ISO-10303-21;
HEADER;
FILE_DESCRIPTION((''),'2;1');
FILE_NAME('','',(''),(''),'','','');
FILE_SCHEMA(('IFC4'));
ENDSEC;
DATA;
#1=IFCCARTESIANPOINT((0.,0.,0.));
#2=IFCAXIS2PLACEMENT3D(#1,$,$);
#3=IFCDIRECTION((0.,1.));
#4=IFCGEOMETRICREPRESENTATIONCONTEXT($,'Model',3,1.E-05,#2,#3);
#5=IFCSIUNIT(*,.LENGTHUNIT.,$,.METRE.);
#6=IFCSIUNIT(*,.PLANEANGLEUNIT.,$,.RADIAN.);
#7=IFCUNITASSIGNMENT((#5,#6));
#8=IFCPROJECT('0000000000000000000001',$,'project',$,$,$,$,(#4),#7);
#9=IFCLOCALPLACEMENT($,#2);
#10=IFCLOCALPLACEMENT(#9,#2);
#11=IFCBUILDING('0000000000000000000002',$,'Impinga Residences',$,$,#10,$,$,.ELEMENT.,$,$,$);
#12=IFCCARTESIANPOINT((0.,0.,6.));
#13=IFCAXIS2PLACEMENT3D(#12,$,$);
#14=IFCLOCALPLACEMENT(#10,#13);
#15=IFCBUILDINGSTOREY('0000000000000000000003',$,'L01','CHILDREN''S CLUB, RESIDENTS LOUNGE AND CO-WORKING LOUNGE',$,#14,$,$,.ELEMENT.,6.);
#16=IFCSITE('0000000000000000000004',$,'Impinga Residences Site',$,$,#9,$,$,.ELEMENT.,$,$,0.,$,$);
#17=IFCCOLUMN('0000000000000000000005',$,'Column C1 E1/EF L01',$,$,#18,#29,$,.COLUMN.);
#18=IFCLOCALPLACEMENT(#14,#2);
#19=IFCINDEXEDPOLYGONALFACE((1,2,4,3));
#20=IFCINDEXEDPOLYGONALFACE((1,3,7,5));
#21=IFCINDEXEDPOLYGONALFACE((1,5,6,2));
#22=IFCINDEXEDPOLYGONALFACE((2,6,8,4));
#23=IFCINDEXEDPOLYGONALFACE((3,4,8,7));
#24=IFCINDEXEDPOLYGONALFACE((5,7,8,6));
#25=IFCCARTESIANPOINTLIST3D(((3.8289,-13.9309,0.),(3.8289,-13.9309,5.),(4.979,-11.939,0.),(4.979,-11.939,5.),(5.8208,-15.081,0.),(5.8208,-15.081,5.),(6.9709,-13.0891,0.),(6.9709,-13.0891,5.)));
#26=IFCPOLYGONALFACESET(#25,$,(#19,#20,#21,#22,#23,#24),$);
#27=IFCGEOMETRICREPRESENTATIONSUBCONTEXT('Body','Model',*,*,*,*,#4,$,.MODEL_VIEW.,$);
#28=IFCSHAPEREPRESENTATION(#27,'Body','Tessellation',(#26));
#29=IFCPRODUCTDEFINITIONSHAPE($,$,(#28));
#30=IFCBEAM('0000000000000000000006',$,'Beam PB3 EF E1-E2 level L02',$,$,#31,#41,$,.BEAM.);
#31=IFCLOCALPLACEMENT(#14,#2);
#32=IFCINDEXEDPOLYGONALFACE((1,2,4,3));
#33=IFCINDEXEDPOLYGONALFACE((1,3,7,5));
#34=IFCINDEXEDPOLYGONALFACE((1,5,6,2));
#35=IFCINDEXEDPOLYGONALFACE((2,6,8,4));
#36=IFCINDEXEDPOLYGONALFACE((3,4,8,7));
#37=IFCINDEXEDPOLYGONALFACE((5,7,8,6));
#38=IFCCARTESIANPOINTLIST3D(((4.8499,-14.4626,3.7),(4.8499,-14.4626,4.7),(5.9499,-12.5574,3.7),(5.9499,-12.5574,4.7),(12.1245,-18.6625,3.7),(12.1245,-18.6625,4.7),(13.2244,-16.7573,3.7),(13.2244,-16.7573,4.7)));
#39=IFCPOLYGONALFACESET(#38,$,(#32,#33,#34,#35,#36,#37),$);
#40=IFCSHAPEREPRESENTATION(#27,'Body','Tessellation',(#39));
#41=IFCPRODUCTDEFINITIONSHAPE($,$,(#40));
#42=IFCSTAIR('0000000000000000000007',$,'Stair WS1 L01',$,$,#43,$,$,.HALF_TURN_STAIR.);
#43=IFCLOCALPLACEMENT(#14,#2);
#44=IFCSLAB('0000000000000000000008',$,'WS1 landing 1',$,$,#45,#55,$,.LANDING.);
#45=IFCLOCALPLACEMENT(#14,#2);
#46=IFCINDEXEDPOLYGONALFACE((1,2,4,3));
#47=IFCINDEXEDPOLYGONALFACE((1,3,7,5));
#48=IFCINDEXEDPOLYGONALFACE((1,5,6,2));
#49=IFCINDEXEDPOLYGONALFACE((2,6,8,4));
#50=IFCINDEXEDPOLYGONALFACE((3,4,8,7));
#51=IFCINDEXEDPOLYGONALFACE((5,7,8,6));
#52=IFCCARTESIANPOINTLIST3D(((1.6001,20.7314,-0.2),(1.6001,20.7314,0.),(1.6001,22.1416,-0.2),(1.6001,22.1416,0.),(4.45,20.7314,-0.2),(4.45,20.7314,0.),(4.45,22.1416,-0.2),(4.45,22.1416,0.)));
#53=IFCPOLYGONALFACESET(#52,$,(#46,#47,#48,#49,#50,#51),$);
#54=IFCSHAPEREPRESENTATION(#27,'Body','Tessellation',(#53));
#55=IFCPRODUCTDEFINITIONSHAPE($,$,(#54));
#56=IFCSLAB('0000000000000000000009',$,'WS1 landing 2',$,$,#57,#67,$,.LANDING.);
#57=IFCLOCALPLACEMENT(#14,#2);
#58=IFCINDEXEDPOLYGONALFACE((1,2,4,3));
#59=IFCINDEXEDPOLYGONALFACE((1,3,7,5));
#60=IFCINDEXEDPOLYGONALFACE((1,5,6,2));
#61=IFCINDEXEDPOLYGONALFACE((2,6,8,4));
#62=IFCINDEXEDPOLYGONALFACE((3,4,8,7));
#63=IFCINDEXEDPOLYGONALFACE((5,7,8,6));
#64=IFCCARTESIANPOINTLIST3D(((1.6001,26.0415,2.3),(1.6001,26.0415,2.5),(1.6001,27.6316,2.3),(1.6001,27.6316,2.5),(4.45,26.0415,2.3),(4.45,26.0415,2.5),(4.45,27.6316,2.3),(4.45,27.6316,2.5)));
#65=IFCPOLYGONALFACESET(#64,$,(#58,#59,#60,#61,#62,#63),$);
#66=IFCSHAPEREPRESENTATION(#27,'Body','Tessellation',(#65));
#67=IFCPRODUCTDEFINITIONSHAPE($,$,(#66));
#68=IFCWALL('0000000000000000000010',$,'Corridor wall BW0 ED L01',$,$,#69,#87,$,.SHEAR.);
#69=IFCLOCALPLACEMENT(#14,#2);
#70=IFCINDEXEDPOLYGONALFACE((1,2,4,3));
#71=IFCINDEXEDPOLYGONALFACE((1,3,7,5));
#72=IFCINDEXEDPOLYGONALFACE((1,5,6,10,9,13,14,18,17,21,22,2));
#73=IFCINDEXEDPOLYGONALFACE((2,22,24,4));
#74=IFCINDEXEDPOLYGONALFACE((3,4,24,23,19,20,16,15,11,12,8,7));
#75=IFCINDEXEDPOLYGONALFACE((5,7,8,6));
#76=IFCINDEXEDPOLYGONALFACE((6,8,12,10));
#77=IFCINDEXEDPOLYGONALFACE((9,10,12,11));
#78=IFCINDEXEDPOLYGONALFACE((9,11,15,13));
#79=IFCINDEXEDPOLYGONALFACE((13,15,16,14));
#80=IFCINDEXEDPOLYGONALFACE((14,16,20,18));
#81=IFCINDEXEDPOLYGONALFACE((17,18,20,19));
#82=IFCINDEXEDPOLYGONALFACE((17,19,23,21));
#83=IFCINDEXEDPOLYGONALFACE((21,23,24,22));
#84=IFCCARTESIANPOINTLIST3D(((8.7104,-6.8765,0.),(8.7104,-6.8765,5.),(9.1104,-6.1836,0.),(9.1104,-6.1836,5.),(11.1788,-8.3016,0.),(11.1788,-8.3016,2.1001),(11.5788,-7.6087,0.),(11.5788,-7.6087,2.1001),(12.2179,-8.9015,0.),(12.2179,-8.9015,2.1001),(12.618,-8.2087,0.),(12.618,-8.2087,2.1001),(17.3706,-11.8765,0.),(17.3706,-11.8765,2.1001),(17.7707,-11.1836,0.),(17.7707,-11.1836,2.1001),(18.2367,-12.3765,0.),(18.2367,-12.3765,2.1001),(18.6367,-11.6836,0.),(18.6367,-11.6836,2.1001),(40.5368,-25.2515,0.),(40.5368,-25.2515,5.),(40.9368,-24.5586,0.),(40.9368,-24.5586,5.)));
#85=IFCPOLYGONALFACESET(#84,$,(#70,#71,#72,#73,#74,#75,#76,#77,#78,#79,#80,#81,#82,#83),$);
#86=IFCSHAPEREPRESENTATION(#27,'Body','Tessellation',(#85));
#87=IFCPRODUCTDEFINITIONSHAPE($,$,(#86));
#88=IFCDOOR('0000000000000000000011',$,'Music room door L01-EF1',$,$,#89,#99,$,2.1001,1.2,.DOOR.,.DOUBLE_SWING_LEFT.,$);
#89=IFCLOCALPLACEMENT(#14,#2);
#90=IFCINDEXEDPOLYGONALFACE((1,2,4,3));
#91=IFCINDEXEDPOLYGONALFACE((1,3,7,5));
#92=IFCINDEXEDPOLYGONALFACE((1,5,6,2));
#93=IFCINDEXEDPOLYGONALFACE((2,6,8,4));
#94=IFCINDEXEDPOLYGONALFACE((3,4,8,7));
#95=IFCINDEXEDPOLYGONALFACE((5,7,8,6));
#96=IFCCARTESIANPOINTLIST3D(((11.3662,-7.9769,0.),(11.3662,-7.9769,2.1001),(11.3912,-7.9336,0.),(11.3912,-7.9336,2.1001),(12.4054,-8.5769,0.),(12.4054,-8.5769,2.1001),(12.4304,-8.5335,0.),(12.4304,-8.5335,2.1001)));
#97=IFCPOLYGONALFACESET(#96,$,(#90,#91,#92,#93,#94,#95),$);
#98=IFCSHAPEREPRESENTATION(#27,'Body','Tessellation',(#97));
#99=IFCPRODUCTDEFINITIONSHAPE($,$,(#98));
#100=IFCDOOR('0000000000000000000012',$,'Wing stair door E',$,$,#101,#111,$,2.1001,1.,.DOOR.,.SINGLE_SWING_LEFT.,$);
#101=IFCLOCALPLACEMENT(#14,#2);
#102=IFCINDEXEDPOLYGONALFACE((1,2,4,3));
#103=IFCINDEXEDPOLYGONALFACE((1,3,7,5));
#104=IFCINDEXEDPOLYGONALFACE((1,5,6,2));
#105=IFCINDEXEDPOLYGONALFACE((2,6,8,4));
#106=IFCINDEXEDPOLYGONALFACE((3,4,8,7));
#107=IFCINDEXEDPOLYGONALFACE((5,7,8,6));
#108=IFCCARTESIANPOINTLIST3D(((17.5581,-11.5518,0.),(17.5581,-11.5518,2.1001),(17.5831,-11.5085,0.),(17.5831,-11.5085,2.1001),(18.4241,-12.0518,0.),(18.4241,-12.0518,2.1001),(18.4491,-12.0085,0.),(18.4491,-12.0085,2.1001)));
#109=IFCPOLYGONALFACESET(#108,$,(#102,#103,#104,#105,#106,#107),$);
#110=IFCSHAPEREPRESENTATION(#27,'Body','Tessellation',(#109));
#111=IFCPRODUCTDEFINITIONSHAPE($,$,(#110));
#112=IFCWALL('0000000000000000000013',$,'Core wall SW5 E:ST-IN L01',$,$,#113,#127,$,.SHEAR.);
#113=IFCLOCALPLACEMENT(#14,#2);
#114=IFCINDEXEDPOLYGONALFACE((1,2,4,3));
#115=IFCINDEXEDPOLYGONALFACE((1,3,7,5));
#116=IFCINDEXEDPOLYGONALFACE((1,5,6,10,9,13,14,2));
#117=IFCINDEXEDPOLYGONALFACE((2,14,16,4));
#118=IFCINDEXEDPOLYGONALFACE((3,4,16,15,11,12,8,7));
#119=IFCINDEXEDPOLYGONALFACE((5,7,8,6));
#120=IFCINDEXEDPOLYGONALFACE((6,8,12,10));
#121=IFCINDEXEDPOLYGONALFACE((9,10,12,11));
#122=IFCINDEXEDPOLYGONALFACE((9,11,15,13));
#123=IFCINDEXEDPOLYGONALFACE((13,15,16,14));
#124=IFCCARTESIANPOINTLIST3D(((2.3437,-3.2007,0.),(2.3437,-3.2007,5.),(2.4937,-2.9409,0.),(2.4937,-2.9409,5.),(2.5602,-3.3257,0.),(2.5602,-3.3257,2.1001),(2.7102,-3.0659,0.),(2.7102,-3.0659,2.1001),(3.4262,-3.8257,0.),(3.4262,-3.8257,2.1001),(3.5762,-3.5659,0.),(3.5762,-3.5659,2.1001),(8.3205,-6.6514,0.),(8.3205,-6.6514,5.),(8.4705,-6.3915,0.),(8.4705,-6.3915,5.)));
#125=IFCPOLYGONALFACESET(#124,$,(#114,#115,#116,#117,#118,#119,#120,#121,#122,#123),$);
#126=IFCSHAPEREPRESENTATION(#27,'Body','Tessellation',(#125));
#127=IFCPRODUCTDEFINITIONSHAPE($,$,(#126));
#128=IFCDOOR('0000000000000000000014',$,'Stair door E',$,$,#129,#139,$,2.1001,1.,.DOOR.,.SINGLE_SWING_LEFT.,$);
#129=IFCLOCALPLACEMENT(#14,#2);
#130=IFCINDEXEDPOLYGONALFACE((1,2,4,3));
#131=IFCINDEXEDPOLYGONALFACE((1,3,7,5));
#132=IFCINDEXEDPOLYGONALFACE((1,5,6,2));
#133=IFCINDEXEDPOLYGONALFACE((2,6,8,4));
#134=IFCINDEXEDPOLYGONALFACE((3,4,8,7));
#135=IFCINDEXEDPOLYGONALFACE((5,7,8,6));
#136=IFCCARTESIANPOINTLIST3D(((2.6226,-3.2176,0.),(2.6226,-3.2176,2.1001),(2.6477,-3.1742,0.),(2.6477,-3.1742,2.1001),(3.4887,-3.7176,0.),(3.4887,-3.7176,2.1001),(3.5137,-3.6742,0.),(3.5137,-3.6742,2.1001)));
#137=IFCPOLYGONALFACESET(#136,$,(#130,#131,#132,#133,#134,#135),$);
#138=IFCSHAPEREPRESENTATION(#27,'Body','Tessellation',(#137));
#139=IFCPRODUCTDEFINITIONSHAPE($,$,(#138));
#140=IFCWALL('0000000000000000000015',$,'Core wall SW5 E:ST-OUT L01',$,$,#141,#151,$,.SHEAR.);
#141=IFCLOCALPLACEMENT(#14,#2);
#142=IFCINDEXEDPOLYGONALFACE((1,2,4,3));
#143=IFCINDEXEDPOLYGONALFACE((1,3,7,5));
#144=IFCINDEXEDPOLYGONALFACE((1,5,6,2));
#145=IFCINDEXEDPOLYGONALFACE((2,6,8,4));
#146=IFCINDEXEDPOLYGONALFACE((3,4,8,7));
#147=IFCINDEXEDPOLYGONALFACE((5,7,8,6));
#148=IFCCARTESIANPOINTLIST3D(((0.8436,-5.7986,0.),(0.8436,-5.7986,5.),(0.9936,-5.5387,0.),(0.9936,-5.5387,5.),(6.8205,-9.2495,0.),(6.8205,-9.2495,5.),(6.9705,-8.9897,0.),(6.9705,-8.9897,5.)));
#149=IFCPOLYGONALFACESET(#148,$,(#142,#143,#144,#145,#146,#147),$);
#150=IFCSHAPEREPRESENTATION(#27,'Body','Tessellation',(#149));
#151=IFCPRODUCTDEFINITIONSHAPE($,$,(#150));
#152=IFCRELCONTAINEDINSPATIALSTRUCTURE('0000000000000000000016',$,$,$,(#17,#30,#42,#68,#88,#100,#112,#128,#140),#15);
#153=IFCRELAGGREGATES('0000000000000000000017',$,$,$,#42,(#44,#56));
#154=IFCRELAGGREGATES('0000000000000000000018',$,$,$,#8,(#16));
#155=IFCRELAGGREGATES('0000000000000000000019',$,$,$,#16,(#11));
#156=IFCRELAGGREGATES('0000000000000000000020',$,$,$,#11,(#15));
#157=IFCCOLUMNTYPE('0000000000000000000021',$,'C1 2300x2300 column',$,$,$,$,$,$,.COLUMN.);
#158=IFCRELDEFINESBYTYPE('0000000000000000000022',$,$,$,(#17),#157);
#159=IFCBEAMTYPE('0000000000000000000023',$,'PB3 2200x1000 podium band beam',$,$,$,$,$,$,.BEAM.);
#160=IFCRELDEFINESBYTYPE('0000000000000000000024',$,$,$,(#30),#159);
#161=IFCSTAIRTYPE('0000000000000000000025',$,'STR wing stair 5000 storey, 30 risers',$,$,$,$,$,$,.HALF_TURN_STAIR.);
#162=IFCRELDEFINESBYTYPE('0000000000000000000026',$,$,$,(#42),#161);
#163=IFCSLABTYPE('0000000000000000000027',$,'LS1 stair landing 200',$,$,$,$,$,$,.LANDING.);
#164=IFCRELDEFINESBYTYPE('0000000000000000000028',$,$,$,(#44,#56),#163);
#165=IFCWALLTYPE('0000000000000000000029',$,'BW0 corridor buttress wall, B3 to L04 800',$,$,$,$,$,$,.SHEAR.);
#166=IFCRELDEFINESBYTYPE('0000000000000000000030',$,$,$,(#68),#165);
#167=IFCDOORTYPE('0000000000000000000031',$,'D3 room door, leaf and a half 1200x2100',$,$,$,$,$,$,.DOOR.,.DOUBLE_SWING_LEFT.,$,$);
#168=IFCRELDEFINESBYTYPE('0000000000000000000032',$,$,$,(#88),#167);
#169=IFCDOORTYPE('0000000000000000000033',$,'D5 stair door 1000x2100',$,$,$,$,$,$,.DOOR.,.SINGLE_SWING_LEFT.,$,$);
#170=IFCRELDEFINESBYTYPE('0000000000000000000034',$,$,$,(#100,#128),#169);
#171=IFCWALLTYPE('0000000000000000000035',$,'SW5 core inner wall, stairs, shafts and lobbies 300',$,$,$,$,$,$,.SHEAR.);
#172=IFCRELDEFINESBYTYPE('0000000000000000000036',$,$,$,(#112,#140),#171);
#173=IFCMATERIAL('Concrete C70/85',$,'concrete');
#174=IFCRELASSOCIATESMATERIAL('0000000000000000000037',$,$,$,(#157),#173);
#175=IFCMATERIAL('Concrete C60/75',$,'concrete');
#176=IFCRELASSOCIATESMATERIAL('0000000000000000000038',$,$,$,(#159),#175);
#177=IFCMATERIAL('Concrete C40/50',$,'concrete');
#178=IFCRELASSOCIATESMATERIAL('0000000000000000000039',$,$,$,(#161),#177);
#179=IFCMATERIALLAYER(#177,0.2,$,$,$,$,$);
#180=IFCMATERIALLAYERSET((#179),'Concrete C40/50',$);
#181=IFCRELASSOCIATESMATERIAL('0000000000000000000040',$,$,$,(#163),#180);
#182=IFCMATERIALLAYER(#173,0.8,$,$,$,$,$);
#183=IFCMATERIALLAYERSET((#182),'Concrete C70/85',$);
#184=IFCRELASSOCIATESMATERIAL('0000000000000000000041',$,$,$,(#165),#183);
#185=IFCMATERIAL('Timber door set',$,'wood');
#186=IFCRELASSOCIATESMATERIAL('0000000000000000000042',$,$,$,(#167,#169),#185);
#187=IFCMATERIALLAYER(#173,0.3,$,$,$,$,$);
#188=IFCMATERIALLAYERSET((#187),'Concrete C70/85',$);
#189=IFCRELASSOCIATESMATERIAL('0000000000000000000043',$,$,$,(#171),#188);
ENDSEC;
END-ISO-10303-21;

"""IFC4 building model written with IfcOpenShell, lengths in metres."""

from ifc_helpers import new_model, si_unit, direction, frame, frame_2d, origin, origin_2d, place, context, subcontext, project, spatial, polyline, rectangle, outline, extrude, material, layer, layer_set, material_profile, profile_set, type_object, element, fill, aggregate, save


model = new_model("IFC4")

# Units and contexts
model_context = context("Model", 3, precision=1e-05, world=origin(), true_north=direction((0.0, 1.0)))
body_context = subcontext(model_context, "Body", "Model", "MODEL_VIEW")
ifc_project = project(units=[si_unit("LENGTHUNIT", "METRE"), si_unit("PLANEANGLEUNIT", "RADIAN")], contexts=[model_context])

# Site, building, storey
site_placement = place(None, origin())
site = spatial("IfcSite", under=ifc_project, at=site_placement, Name="Impinga Residences Site", CompositionType="ELEMENT", RefElevation=0.0)
building_placement = place(site_placement, origin())
building = spatial("IfcBuilding", under=site, at=building_placement, Name="Impinga Residences", CompositionType="ELEMENT")
storey_placement = place(building_placement, frame((0.0, 0.0, 6.0)))
storey = spatial("IfcBuildingStorey", under=building, at=storey_placement, Name="L01", Description="CHILDREN'S CLUB, RESIDENTS LOUNGE AND CO-WORKING LOUNGE", CompositionType="ELEMENT", Elevation=6.0)

# Column
ifc_material_1 = material(Name="Concrete C70/85", Category="concrete")
ifc_material_profile_1 = material_profile(ifc_material_1, rectangle(XDim=2.3, YDim=2.3, at=origin_2d()), Name="RC 2300x2300")
ifc_profile_set_1 = profile_set([ifc_material_profile_1], Name="Concrete C70/85")
column_type = type_object("IfcColumnType", Name="C1 2300x2300 column", PredefinedType="COLUMN", material=ifc_profile_set_1)
column_placement = place(storey_placement, frame((5.3999, -13.51, 0.0), z_axis=(0.0, 0.0, 1.0), x_axis=(-0.5, -0.866025, 0.0)))
element("IfcColumn", 1, at=column_placement, inside=storey, type_object=column_type, Name="Column C1 E1/EF L01", PredefinedType="COLUMN", context=body_context, shape_type="SweptSolid", body=[
    extrude(rectangle(XDim=2.3, YDim=2.3, at=origin_2d()), origin(), (0.0, 0.0, 1.0), 5.0),
])

# Beam
ifc_material_2 = material(Name="Concrete C60/75", Category="concrete")
ifc_material_profile_2 = material_profile(ifc_material_2, rectangle(XDim=2.2, YDim=1.0, at=origin_2d()), Name="RC 2200x1000")
ifc_profile_set_2 = profile_set([ifc_material_profile_2], Name="Concrete C60/75")
beam_type = type_object("IfcBeamType", Name="PB3 2200x1000 podium band beam", PredefinedType="BEAM", material=ifc_profile_set_2)
beam_placement = place(storey_placement, frame((5.3999, -13.51, 4.2), z_axis=(0.866029, -0.499993, 0.0), x_axis=(0.499993, 0.866029, 0.0)))
element("IfcBeam", 2, at=beam_placement, inside=storey, type_object=beam_type, Name="Beam PB3 EF E1-E2 level L02", PredefinedType="BEAM", context=body_context, shape_type="SweptSolid", body=[
    extrude(rectangle(XDim=2.2, YDim=1.0, at=origin_2d()), origin(), (0.0, 0.0, 1.0), 8.3999),
])

# Stair, slabs
ifc_material_3 = material(Name="Concrete C40/50", Category="concrete")
stair_type_1 = type_object("IfcStairType", Name="STR wing stair 5000 storey, 30 risers", PredefinedType="HALF_TURN_STAIR", material=ifc_material_3)
stair_1_placement = place(storey_placement, origin())
stair_1 = element("IfcStair", 3, at=stair_1_placement, inside=storey, type_object=stair_type_1, Name="Stair WS1 L01", PredefinedType="HALF_TURN_STAIR")
ifc_layer_1 = layer(ifc_material_3, 0.2)
ifc_layer_set_1 = layer_set([ifc_layer_1], Name="Concrete C40/50")
slab_type = type_object("IfcSlabType", Name="LS1 stair landing 200", PredefinedType="LANDING", material=ifc_layer_set_1)
slab_1_placement = place(storey_placement, frame((0.0, 0.0, -0.2)))
slab_1 = element("IfcSlab", 4, at=slab_1_placement, type_object=slab_type, Name="WS1 landing 1", PredefinedType="LANDING", context=body_context, shape_type="SweptSolid", body=[
    extrude(outline(polyline([(1.6001, 20.7314), (4.45, 20.7314), (4.45, 22.1416), (1.6001, 22.1416), (1.6001, 20.7314)])), origin(), (0.0, 0.0, 1.0), 0.2),
])
slab_2_placement = place(storey_placement, frame((0.0, 0.0, 2.3)))
slab_2 = element("IfcSlab", 5, at=slab_2_placement, type_object=slab_type, Name="WS1 landing 2", PredefinedType="LANDING", context=body_context, shape_type="SweptSolid", body=[
    extrude(outline(polyline([(1.6001, 26.0415), (4.45, 26.0415), (4.45, 27.6316), (1.6001, 27.6316), (1.6001, 26.0415)])), origin(), (0.0, 0.0, 1.0), 0.2),
])
aggregate(stair_1, [slab_1, slab_2])

# Wall, openings, doors
ifc_layer_2 = layer(ifc_material_1, 0.8)
ifc_layer_set_2 = layer_set([ifc_layer_2], Name="Concrete C70/85")
wall_type_1 = type_object("IfcWallType", Name="BW0 corridor buttress wall, B3 to L04 800", PredefinedType="SHEAR", material=ifc_layer_set_2)
wall_1_placement = place(storey_placement, frame((8.9104, -6.53, 0.0), z_axis=(0.0, 0.0, 1.0), x_axis=(0.866025, -0.5, 0.0)))
wall_1 = element("IfcWall", 6, at=wall_1_placement, inside=storey, type_object=wall_type_1, Name="Corridor wall BW0 ED L01", PredefinedType="SHEAR", context=body_context, shape_type="SweptSolid", body=[
    extrude(rectangle(XDim=36.75, YDim=0.8, at=frame_2d((18.375, 0.0))), origin(), (0.0, 0.0, 1.0), 5.0),
])
opening_1_placement = place(wall_1_placement, frame((10.0, 0.0, 0.0)))
opening_1 = element("IfcOpeningElement", 7, at=opening_1_placement, cuts=wall_1, PredefinedType="OPENING", context=body_context, shape_type="SweptSolid", body=[
    extrude(rectangle(XDim=1.0, YDim=2.1001, at=frame_2d((0.5, 1.05))), frame((0.0, 0.4099, 0.0), z_axis=(0.0, -1.0, 0.0), x_axis=(1.0, 0.0, 0.0)), (0.0, 0.0, 1.0), 0.8201),
])
opening_2_placement = place(wall_1_placement, frame((2.8501, 0.0, 0.0)))
opening_2 = element("IfcOpeningElement", 8, at=opening_2_placement, cuts=wall_1, PredefinedType="OPENING", context=body_context, shape_type="SweptSolid", body=[
    extrude(rectangle(XDim=1.2, YDim=2.1001, at=frame_2d((0.6001, 1.05))), frame((0.0, 0.4099, 0.0), z_axis=(0.0, -1.0, 0.0), x_axis=(1.0, 0.0, 0.0)), (0.0, 0.0, 1.0), 0.8201),
])
ifc_material_4 = material(Name="Timber door set", Category="wood")
door_type_1 = type_object("IfcDoorType", Name="D3 room door, leaf and a half 1200x2100", OperationType="DOUBLE_SWING_LEFT", PredefinedType="DOOR", material=ifc_material_4)
door_1_placement = place(opening_2_placement, origin())
door_1 = element("IfcDoor", 9, at=door_1_placement, inside=storey, type_object=door_type_1, Name="Music room door L01-EF1", OperationType="DOUBLE_SWING_LEFT", OverallHeight=2.1001, OverallWidth=1.2, PredefinedType="DOOR", context=body_context, shape_type="SweptSolid", body=[
    extrude(rectangle(XDim=1.2, YDim=2.1001, at=frame_2d((0.6001, 1.05))), frame((0.0, 0.0249, 0.0), z_axis=(0.0, -1.0, 0.0), x_axis=(1.0, 0.0, 0.0)), (0.0, 0.0, 1.0), 0.05),
])
fill(opening_2, door_1)
door_type_2 = type_object("IfcDoorType", Name="D5 stair door 1000x2100", OperationType="SINGLE_SWING_LEFT", PredefinedType="DOOR", material=ifc_material_4)
door_2_placement = place(opening_1_placement, origin())
door_2 = element("IfcDoor", 10, at=door_2_placement, inside=storey, type_object=door_type_2, Name="Wing stair door E", OperationType="SINGLE_SWING_LEFT", OverallHeight=2.1001, OverallWidth=1.0, PredefinedType="DOOR", context=body_context, shape_type="SweptSolid", body=[
    extrude(rectangle(XDim=1.0, YDim=2.1001, at=frame_2d((0.5, 1.05))), frame((0.0, 0.0249, 0.0), z_axis=(0.0, -1.0, 0.0), x_axis=(1.0, 0.0, 0.0)), (0.0, 0.0, 1.0), 0.05),
])
fill(opening_1, door_2)

# Wall, opening, door
ifc_layer_3 = layer(ifc_material_1, 0.3)
ifc_layer_set_3 = layer_set([ifc_layer_3], Name="Concrete C70/85")
wall_type_2 = type_object("IfcWallType", Name="SW5 core inner wall, stairs, shafts and lobbies 300", PredefinedType="SHEAR", material=ifc_layer_set_3)
wall_2_placement = place(storey_placement, frame((2.4187, -3.0708, 0.0), z_axis=(0.0, 0.0, 1.0), x_axis=(0.866027, -0.499997, 0.0)))
wall_2 = element("IfcWall", 11, at=wall_2_placement, inside=storey, type_object=wall_type_2, Name="Core wall SW5 E:ST-IN L01", PredefinedType="SHEAR", context=body_context, shape_type="SweptSolid", body=[
    extrude(rectangle(XDim=6.9014, YDim=0.3, at=frame_2d((3.4507, 0.0))), origin(), (0.0, 0.0, 1.0), 5.0),
])
opening_3_placement = place(wall_2_placement, frame((0.25, 0.0, 0.0)))
opening_3 = element("IfcOpeningElement", 12, at=opening_3_placement, cuts=wall_2, PredefinedType="OPENING", context=body_context, shape_type="SweptSolid", body=[
    extrude(rectangle(XDim=1.0, YDim=2.1001, at=frame_2d((0.5, 1.05))), frame((0.0, 0.1599, 0.0), z_axis=(0.0, -1.0, 0.0), x_axis=(1.0, 0.0, 0.0)), (0.0, 0.0, 1.0), 0.3201),
])
door_3_placement = place(opening_3_placement, origin())
door_3 = element("IfcDoor", 13, at=door_3_placement, inside=storey, type_object=door_type_2, Name="Stair door E", OperationType="SINGLE_SWING_LEFT", OverallHeight=2.1001, OverallWidth=1.0, PredefinedType="DOOR", context=body_context, shape_type="SweptSolid", body=[
    extrude(rectangle(XDim=1.0, YDim=2.1001, at=frame_2d((0.5, 1.05))), frame((0.0, 0.0249, 0.0), z_axis=(0.0, -1.0, 0.0), x_axis=(1.0, 0.0, 0.0)), (0.0, 0.0, 1.0), 0.05),
])
fill(opening_3, door_3)

# Wall
wall_3_placement = place(storey_placement, frame((0.9187, -5.6687, 0.0), z_axis=(0.0, 0.0, 1.0), x_axis=(0.866012, -0.500024, 0.0)))
element("IfcWall", 14, at=wall_3_placement, inside=storey, type_object=wall_type_2, Name="Core wall SW5 E:ST-OUT L01", PredefinedType="SHEAR", context=body_context, shape_type="SweptSolid", body=[
    extrude(rectangle(XDim=6.9016, YDim=0.3, at=frame_2d((3.4507, 0.0))), origin(), (0.0, 0.0, 1.0), 5.0),
])

save(model, "model.ifc")
